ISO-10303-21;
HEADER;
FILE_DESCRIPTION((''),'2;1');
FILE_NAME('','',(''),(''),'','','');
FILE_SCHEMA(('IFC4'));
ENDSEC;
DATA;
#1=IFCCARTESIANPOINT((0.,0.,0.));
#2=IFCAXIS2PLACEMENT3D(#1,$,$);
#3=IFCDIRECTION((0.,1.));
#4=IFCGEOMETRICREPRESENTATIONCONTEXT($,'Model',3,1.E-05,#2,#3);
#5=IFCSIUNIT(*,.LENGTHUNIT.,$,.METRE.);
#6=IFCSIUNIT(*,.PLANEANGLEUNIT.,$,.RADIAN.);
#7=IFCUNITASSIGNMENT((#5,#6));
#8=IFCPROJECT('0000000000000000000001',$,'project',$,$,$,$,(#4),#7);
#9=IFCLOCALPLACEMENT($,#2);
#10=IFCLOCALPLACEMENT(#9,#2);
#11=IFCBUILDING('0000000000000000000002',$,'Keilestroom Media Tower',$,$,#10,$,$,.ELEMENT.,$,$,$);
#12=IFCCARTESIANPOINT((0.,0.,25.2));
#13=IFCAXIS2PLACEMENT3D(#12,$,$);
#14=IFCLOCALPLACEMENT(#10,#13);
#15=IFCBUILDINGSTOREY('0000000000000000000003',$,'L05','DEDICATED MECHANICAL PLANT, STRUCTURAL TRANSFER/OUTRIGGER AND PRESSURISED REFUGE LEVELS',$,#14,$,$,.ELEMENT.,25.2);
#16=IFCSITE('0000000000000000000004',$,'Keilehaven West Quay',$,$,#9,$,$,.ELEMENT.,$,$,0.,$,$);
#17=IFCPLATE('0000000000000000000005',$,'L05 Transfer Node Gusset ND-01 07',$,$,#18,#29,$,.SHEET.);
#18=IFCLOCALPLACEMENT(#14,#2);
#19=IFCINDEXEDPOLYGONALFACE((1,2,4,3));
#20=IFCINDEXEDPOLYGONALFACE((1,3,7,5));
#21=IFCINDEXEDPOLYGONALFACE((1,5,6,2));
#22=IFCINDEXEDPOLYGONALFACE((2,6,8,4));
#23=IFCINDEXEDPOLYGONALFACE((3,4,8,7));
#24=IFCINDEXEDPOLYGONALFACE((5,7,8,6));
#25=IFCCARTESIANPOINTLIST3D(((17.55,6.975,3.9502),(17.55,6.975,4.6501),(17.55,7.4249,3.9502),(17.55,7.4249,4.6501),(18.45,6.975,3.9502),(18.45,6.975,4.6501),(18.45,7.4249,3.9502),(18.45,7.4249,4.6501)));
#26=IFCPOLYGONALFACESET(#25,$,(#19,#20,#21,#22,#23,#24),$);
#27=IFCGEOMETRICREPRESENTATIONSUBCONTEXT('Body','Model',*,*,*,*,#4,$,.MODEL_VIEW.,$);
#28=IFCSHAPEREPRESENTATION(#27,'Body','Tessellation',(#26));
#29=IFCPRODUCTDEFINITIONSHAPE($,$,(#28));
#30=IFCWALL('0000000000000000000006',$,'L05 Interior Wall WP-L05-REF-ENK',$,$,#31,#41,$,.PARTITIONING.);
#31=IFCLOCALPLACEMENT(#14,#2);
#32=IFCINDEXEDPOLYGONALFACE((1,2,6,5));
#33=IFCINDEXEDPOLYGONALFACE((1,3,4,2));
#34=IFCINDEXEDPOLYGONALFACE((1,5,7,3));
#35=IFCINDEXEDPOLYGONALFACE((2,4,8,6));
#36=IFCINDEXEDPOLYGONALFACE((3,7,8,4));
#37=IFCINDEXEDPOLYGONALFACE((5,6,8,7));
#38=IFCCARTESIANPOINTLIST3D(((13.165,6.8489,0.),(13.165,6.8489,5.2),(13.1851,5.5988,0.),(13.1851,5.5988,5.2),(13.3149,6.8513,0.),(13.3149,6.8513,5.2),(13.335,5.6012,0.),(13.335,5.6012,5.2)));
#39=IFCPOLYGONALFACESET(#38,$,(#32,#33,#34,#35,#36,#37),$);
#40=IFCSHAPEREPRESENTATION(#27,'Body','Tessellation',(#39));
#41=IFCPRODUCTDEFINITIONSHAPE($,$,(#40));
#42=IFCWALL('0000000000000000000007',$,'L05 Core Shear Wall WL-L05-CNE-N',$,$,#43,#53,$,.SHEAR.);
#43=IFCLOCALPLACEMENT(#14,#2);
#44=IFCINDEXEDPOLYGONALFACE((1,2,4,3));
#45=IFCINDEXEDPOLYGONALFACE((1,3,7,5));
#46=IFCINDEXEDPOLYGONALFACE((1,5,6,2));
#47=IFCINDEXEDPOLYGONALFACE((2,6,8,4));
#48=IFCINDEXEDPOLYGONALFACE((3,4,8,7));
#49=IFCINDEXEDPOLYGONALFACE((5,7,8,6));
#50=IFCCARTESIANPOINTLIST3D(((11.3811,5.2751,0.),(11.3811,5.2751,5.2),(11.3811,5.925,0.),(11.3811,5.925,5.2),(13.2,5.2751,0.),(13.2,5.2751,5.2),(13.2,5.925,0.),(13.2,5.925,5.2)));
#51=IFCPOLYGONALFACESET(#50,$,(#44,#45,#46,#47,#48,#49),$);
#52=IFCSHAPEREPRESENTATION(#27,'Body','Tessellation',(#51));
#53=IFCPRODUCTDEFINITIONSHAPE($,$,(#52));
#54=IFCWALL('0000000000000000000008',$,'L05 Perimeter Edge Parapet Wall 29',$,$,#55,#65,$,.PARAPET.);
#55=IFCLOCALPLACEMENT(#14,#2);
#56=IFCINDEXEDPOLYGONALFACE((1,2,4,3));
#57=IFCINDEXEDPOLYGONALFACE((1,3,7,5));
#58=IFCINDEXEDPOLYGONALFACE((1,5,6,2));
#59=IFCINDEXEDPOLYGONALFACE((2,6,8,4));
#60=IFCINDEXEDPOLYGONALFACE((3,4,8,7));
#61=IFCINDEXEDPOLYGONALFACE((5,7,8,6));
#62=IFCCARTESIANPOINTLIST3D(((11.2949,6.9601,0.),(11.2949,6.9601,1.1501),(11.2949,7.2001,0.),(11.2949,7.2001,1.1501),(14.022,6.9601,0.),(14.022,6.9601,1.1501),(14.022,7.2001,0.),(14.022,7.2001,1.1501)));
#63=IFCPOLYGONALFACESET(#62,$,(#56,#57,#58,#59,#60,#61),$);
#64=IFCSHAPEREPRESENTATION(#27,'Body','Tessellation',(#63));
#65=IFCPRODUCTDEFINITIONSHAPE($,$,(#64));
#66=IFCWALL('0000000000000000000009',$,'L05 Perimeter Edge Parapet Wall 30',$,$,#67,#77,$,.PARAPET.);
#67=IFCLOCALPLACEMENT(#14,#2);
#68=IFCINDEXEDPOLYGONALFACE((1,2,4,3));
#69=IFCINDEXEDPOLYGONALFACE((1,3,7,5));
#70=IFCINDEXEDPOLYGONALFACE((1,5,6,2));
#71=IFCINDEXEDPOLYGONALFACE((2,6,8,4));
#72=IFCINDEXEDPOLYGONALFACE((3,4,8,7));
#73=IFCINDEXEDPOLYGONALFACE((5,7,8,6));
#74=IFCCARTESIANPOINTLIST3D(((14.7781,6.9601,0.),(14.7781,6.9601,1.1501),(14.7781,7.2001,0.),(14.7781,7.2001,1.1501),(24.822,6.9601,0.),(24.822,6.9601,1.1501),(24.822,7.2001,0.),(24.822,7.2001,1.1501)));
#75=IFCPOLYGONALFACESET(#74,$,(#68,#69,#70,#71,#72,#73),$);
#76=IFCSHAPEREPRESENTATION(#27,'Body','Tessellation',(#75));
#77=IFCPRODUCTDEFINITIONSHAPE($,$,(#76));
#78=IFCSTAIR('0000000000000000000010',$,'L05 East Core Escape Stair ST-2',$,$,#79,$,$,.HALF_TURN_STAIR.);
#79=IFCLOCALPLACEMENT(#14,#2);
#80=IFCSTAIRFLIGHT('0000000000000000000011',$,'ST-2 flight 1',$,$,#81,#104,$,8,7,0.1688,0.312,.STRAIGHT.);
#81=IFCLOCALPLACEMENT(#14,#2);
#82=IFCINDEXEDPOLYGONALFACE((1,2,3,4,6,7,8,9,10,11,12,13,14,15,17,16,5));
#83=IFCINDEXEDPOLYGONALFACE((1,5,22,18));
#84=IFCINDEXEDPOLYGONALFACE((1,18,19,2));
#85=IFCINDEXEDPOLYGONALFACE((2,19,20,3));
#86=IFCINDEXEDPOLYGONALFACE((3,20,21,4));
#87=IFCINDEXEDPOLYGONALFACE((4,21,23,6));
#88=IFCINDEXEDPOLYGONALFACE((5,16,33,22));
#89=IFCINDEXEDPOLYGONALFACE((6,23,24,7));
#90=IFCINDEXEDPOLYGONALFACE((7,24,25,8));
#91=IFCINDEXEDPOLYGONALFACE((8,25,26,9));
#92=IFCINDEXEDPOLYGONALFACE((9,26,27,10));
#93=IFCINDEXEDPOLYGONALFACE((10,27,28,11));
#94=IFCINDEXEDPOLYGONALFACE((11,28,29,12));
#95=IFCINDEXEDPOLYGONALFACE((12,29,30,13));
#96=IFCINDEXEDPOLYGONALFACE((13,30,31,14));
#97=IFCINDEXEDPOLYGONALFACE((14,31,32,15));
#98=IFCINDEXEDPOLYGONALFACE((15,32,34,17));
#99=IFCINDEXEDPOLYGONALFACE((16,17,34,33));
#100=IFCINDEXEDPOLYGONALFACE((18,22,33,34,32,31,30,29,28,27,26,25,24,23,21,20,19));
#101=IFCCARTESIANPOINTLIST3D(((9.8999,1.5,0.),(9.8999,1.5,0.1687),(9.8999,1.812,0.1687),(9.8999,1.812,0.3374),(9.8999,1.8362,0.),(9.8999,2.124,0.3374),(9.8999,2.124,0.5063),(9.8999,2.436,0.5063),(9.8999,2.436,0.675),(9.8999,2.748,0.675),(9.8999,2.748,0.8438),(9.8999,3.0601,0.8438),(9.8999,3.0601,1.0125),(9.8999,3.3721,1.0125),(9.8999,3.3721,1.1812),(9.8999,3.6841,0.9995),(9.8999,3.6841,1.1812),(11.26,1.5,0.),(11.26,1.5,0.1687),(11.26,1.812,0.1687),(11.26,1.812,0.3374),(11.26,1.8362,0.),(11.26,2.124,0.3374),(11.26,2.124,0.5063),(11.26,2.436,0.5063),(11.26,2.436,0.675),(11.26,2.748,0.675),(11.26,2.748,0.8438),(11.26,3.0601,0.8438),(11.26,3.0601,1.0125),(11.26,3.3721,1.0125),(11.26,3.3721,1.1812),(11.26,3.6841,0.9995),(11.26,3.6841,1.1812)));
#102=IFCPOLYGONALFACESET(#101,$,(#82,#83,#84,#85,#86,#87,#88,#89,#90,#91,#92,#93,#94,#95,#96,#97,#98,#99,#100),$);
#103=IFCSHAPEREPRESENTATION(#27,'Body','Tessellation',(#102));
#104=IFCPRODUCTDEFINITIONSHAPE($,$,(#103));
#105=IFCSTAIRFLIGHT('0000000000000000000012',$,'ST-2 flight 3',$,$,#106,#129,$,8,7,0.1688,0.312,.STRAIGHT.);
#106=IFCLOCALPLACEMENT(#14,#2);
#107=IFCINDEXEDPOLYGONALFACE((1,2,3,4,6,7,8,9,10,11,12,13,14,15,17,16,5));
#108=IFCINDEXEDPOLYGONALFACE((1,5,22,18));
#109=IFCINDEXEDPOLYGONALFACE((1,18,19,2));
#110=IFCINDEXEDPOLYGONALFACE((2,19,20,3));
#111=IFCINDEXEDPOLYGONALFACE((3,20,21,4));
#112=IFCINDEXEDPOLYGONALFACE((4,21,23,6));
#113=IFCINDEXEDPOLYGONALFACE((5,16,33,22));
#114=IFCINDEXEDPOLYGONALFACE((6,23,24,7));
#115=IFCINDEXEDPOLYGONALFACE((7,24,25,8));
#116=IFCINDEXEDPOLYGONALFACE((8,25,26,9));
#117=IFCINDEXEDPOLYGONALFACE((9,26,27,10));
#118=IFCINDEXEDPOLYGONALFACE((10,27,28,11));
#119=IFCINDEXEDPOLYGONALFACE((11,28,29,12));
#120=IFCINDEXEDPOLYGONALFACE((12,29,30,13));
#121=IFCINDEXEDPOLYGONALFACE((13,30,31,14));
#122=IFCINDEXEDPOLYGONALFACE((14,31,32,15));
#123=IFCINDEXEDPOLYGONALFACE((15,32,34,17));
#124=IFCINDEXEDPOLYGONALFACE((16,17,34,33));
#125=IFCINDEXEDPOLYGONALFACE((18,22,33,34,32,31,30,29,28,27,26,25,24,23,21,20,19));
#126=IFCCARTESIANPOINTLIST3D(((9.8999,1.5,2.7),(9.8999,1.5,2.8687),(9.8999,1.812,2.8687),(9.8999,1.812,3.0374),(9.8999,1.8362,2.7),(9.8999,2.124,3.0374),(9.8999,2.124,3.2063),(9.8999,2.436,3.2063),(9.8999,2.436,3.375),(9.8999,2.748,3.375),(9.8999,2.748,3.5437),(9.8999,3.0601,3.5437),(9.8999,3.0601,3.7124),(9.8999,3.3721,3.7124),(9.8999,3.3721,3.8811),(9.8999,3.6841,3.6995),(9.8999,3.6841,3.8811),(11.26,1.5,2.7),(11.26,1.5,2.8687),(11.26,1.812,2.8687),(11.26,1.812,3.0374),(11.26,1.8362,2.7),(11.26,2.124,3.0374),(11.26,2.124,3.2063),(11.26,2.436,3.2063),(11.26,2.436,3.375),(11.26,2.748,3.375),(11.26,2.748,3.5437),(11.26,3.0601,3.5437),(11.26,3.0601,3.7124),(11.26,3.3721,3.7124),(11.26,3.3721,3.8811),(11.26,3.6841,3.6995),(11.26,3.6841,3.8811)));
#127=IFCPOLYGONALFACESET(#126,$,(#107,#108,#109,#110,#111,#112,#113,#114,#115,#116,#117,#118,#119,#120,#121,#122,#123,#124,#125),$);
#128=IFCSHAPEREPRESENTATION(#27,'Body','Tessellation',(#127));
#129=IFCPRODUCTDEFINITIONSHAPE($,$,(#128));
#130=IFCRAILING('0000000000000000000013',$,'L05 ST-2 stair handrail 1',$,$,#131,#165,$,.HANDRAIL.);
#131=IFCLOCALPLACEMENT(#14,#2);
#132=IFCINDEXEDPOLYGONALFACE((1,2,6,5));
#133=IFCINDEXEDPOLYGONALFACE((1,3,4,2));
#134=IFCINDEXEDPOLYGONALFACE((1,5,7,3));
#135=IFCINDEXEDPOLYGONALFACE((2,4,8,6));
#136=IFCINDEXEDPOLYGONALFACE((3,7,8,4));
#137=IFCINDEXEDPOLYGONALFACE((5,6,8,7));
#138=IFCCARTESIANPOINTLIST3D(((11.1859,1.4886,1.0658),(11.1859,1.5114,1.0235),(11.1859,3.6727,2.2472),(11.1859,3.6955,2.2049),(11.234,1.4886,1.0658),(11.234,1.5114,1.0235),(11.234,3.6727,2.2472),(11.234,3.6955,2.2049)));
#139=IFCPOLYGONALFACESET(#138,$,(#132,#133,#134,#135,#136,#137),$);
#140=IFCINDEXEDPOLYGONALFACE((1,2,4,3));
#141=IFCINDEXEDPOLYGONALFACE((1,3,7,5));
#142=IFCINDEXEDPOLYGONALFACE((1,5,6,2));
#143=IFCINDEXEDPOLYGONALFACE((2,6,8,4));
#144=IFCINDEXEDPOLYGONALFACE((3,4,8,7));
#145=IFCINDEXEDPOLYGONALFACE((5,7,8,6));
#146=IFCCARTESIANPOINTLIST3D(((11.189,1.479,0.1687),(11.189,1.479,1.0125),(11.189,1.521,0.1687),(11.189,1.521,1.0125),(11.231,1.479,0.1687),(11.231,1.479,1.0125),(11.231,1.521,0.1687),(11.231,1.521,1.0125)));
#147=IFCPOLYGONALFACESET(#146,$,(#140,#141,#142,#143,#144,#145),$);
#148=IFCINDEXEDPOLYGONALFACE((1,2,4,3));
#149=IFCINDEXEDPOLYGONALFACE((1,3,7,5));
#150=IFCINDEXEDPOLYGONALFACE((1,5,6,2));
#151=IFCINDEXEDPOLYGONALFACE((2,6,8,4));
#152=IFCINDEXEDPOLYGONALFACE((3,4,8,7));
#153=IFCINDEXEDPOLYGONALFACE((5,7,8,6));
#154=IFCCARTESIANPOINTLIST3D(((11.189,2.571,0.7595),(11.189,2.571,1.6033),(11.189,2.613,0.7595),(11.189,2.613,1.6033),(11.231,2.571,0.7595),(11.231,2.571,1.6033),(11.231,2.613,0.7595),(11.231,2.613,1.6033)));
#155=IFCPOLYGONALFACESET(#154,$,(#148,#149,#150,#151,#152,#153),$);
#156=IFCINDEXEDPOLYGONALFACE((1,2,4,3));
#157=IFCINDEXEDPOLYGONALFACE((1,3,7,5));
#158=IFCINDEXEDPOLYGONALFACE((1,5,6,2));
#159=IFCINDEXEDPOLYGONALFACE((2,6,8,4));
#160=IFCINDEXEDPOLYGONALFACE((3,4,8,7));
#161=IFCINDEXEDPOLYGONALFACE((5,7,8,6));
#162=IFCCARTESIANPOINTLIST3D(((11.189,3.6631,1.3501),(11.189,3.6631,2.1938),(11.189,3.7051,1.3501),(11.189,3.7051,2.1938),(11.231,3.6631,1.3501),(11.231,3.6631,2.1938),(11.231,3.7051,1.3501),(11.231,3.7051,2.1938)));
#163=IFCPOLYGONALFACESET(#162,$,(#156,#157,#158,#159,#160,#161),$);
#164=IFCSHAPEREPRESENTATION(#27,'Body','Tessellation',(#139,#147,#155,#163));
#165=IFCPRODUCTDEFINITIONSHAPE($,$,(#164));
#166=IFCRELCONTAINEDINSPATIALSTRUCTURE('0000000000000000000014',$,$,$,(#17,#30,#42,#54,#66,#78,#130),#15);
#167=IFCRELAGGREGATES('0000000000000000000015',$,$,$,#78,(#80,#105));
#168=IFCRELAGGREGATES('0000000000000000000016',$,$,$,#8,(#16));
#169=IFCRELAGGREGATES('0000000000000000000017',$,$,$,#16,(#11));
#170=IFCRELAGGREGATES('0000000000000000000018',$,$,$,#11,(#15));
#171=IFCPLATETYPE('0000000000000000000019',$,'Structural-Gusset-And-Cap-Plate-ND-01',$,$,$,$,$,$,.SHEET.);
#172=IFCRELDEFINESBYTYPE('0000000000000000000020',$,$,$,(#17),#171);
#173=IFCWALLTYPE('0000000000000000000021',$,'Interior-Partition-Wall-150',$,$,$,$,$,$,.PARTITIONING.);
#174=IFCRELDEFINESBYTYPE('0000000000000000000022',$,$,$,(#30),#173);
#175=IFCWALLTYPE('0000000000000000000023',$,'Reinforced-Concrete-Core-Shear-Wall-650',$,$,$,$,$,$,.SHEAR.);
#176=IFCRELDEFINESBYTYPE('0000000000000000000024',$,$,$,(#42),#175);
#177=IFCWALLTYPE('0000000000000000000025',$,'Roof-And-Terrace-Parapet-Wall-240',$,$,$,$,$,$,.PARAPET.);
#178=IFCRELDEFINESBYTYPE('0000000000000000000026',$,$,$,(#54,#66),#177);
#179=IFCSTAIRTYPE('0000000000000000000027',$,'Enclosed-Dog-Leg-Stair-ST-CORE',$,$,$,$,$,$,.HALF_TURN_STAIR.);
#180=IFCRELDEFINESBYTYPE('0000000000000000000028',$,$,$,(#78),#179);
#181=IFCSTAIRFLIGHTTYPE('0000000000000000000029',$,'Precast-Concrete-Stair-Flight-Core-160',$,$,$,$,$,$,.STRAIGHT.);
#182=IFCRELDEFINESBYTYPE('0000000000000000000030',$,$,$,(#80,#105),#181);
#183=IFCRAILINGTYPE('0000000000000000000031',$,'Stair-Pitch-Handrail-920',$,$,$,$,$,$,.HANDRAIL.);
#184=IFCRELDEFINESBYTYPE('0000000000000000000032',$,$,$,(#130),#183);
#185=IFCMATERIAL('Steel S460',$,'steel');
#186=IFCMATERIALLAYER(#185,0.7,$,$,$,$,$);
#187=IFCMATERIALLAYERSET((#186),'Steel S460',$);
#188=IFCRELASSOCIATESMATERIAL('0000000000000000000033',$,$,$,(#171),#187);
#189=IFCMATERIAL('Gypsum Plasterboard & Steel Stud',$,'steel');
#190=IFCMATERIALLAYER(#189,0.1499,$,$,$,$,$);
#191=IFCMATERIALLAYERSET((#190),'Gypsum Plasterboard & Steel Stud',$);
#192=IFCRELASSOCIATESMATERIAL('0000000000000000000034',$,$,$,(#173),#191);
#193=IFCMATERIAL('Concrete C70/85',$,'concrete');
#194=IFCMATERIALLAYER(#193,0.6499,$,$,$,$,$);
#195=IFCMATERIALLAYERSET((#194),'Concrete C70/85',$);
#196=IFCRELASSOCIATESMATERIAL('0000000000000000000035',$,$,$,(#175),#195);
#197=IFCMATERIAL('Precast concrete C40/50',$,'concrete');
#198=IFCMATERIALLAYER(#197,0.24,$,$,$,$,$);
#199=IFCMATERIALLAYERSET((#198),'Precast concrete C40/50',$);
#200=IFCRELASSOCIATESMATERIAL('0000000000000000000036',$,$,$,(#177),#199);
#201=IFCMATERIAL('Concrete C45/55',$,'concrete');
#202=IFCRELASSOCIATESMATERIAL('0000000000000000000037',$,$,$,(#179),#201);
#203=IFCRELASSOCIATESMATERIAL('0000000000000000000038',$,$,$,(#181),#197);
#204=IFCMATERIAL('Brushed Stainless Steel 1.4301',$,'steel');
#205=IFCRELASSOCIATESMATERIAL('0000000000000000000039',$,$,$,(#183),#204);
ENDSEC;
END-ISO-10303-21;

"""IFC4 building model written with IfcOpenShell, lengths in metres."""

from ifc_helpers import new_model, si_unit, direction, frame, frame_2d, origin, origin_2d, place, context, subcontext, project, spatial, polyline, rectangle, outline, extrude, source, transform, mapped, material, layer, layer_set, type_object, element, aggregate, save


model = new_model("IFC4")

# Units and contexts
model_context = context("Model", 3, precision=1e-05, world=origin(), true_north=direction((0.0, 1.0)))
body_context = subcontext(model_context, "Body", "Model", "MODEL_VIEW")
ifc_project = project(units=[si_unit("LENGTHUNIT", "METRE"), si_unit("PLANEANGLEUNIT", "RADIAN")], contexts=[model_context])

# Site, building, storey
site_placement = place(None, origin())
site = spatial("IfcSite", under=ifc_project, at=site_placement, Name="Keilehaven West Quay", CompositionType="ELEMENT", RefElevation=0.0)
building_placement = place(site_placement, origin())
building = spatial("IfcBuilding", under=site, at=building_placement, Name="Keilestroom Media Tower", CompositionType="ELEMENT")
storey_placement = place(building_placement, frame((0.0, 0.0, 25.2)))
storey = spatial("IfcBuildingStorey", under=building, at=storey_placement, Name="L05", Description="DEDICATED MECHANICAL PLANT, STRUCTURAL TRANSFER/OUTRIGGER AND PRESSURISED REFUGE LEVELS", CompositionType="ELEMENT", Elevation=25.2)

# Shared definitions
ifc_material_1 = material(Name="Precast concrete C40/50", Category="concrete")
ifc_material_2 = material(Name="Concrete C70/85", Category="concrete")

# Shared definitions
ifc_material_3 = material(Name="Steel S460", Category="steel")

# Plate
ifc_layer_1 = layer(ifc_material_3, 0.7)
ifc_layer_set_1 = layer_set([ifc_layer_1], Name="Steel S460")
plate_type = type_object("IfcPlateType", Name="Structural-Gusset-And-Cap-Plate-ND-01", PredefinedType="SHEET", material=ifc_layer_set_1)
shared_shape_1 = source(origin(), body_context, "Body", "SweptSolid", [
    extrude(rectangle(XDim=0.8999, YDim=0.45, at=origin_2d()), origin(), (0.0, 0.0, 1.0), 0.7),
])
plate_placement = place(storey_placement, frame((18.0, 7.2, 3.9502), z_axis=(0.0, 0.0, 1.0), x_axis=(1.0, 0.0, 0.0)))
element("IfcPlate", 1, at=plate_placement, inside=storey, type_object=plate_type, Name="L05 Transfer Node Gusset ND-01 07", PredefinedType="SHEET", context=body_context, shape_type="MappedRepresentation", body=[
    mapped(shared_shape_1, transform((0.0, 0.0, 0.0), x_axis=(1.0, 0.0, 0.0), y_axis=(0.0, 1.0, 0.0), z_axis=(0.0, 0.0, 1.0), scale=1.0)),
])

# Walls
ifc_material_4 = material(Name="Gypsum Plasterboard & Steel Stud", Category="steel")
ifc_layer_2 = layer(ifc_material_4, 0.1499)
ifc_layer_set_2 = layer_set([ifc_layer_2], Name="Gypsum Plasterboard & Steel Stud")
wall_type_1 = type_object("IfcWallType", Name="Interior-Partition-Wall-150", PredefinedType="PARTITIONING", material=ifc_layer_set_2)
wall_1_placement = place(storey_placement, frame((13.26, 5.6001, 0.0), z_axis=(0.0, 0.0, 1.0), x_axis=(-0.016014, 0.999872, 0.0)))
element("IfcWall", 2, at=wall_1_placement, inside=storey, type_object=wall_type_1, Name="L05 Interior Wall WP-L05-REF-ENK", PredefinedType="PARTITIONING", context=body_context, shape_type="SweptSolid", body=[
    extrude(rectangle(XDim=1.2502, YDim=0.1499, at=frame_2d((0.625, 0.0))), origin(), (0.0, 0.0, 1.0), 5.2),
])
ifc_layer_3 = layer(ifc_material_2, 0.6499)
ifc_layer_set_3 = layer_set([ifc_layer_3], Name="Concrete C70/85")
wall_type_2 = type_object("IfcWallType", Name="Reinforced-Concrete-Core-Shear-Wall-650", PredefinedType="SHEAR", material=ifc_layer_set_3)
wall_2_placement = place(storey_placement, frame((11.3811, 5.6001, 0.0), z_axis=(0.0, 0.0, 1.0), x_axis=(1.0, 0.0, 0.0)))
element("IfcWall", 3, at=wall_2_placement, inside=storey, type_object=wall_type_2, Name="L05 Core Shear Wall WL-L05-CNE-N", PredefinedType="SHEAR", context=body_context, shape_type="SweptSolid", body=[
    extrude(rectangle(XDim=1.8188, YDim=0.6499, at=frame_2d((0.9094, 0.0))), origin(), (0.0, 0.0, 1.0), 5.2),
])
ifc_layer_4 = layer(ifc_material_1, 0.24)
ifc_layer_set_4 = layer_set([ifc_layer_4], Name="Precast concrete C40/50")
wall_type_3 = type_object("IfcWallType", Name="Roof-And-Terrace-Parapet-Wall-240", PredefinedType="PARAPET", material=ifc_layer_set_4)
wall_3_placement = place(storey_placement, frame((11.2949, 7.0801, 0.0), z_axis=(0.0, 0.0, 1.0), x_axis=(1.0, 0.0, 0.0)))
element("IfcWall", 4, at=wall_3_placement, inside=storey, type_object=wall_type_3, Name="L05 Perimeter Edge Parapet Wall 29", PredefinedType="PARAPET", context=body_context, shape_type="SweptSolid", body=[
    extrude(rectangle(XDim=2.7271, YDim=0.24, at=frame_2d((1.3635, 0.0))), origin(), (0.0, 0.0, 1.0), 1.1501),
])
wall_4_placement = place(storey_placement, frame((14.7781, 7.0801, 0.0), z_axis=(0.0, 0.0, 1.0), x_axis=(1.0, 0.0, 0.0)))
element("IfcWall", 5, at=wall_4_placement, inside=storey, type_object=wall_type_3, Name="L05 Perimeter Edge Parapet Wall 30", PredefinedType="PARAPET", context=body_context, shape_type="SweptSolid", body=[
    extrude(rectangle(XDim=10.0439, YDim=0.24, at=frame_2d((5.022, 0.0))), origin(), (0.0, 0.0, 1.0), 1.1501),
])

# Stair, stair flights
ifc_material_5 = material(Name="Concrete C45/55", Category="concrete")
stair_type = type_object("IfcStairType", Name="Enclosed-Dog-Leg-Stair-ST-CORE", PredefinedType="HALF_TURN_STAIR", material=ifc_material_5)
stair_placement = place(storey_placement, origin())
stair = element("IfcStair", 6, at=stair_placement, inside=storey, type_object=stair_type, Name="L05 East Core Escape Stair ST-2", PredefinedType="HALF_TURN_STAIR")
stair_flight_type = type_object("IfcStairFlightType", Name="Precast-Concrete-Stair-Flight-Core-160", PredefinedType="STRAIGHT", material=ifc_material_1)
stair_flight_1_placement = place(storey_placement, frame((10.5801, 1.5, 0.0), z_axis=(0.0, 0.0, 1.0), x_axis=(0.0, 1.0, 0.0)))
stair_flight_1 = element("IfcStairFlight", 7, at=stair_flight_1_placement, type_object=stair_flight_type, Name="ST-2 flight 1", NumberOfRisers=8, NumberOfTreads=7, PredefinedType="STRAIGHT", RiserHeight=0.1688, TreadLength=0.312, context=body_context, shape_type="SweptSolid", body=[
    extrude(outline(polyline([(0.0, 0.0), (0.0, 0.1687), (0.312, 0.1687), (0.312, 0.3374), (0.624, 0.3374), (0.624, 0.5063), (0.936, 0.5063), (0.936, 0.675), (1.248, 0.675), (1.248, 0.8438), (1.5601, 0.8438), (1.5601, 1.0125), (1.8721, 1.0125), (1.8721, 1.1812), (2.1841, 1.1812), (2.1841, 1.3501), (2.1841, 0.9995), (0.3362, 0.0), (0.0, 0.0)])), frame((0.0, 0.6802, 0.0), z_axis=(0.0, -1.0, 0.0), x_axis=(1.0, 0.0, 0.0)), (0.0, 0.0, 1.0), 1.3601),
])
stair_flight_2_placement = place(storey_placement, frame((10.5801, 1.5, 2.7), z_axis=(0.0, 0.0, 1.0), x_axis=(0.0, 1.0, 0.0)))
stair_flight_2 = element("IfcStairFlight", 8, at=stair_flight_2_placement, type_object=stair_flight_type, Name="ST-2 flight 3", NumberOfRisers=8, NumberOfTreads=7, PredefinedType="STRAIGHT", RiserHeight=0.1688, TreadLength=0.312, context=body_context, shape_type="SweptSolid", body=[
    extrude(outline(polyline([(0.0, 0.0), (0.0, 0.1687), (0.312, 0.1687), (0.312, 0.3374), (0.624, 0.3374), (0.624, 0.5063), (0.936, 0.5063), (0.936, 0.675), (1.248, 0.675), (1.248, 0.8438), (1.5601, 0.8438), (1.5601, 1.0125), (1.8721, 1.0125), (1.8721, 1.1812), (2.1841, 1.1812), (2.1841, 1.3501), (2.1841, 0.9995), (0.3362, 0.0), (0.0, 0.0)])), frame((0.0, 0.6802, 0.0), z_axis=(0.0, -1.0, 0.0), x_axis=(1.0, 0.0, 0.0)), (0.0, 0.0, 1.0), 1.3601),
])
aggregate(stair, [stair_flight_1, stair_flight_2])

# Railing
ifc_material_6 = material(Name="Brushed Stainless Steel 1.4301", Category="steel")
railing_type_1 = type_object("IfcRailingType", Name="Stair-Pitch-Handrail-920", PredefinedType="HANDRAIL", material=ifc_material_6)
railing_1_placement = place(storey_placement, frame((11.21, 1.5, 0.1687)))
element("IfcRailing", 9, at=railing_1_placement, inside=storey, type_object=railing_type_1, Name="L05 ST-2 stair handrail 1", PredefinedType="HANDRAIL", context=body_context, shape_type="SweptSolid", body=[
    extrude(rectangle(XDim=0.0481, YDim=0.0481, at=origin_2d()), frame((0.0, 0.0, 0.876), z_axis=(0.0, 0.87957, 0.47577), x_axis=(-1.0, 0.0, 0.0)), (0.0, 0.0, 1.0), 2.4832),
    extrude(rectangle(XDim=0.042, YDim=0.042, at=origin_2d()), origin(), (0.0, 0.0, 1.0), 0.8438),
    extrude(rectangle(XDim=0.042, YDim=0.042, at=origin_2d()), frame((0.0, 1.092, 0.5908)), (0.0, 0.0, 1.0), 0.8438),
    extrude(rectangle(XDim=0.042, YDim=0.042, at=origin_2d()), frame((0.0, 2.1841, 1.1814)), (0.0, 0.0, 1.0), 0.8438),
])

save(model, "model.ifc")
